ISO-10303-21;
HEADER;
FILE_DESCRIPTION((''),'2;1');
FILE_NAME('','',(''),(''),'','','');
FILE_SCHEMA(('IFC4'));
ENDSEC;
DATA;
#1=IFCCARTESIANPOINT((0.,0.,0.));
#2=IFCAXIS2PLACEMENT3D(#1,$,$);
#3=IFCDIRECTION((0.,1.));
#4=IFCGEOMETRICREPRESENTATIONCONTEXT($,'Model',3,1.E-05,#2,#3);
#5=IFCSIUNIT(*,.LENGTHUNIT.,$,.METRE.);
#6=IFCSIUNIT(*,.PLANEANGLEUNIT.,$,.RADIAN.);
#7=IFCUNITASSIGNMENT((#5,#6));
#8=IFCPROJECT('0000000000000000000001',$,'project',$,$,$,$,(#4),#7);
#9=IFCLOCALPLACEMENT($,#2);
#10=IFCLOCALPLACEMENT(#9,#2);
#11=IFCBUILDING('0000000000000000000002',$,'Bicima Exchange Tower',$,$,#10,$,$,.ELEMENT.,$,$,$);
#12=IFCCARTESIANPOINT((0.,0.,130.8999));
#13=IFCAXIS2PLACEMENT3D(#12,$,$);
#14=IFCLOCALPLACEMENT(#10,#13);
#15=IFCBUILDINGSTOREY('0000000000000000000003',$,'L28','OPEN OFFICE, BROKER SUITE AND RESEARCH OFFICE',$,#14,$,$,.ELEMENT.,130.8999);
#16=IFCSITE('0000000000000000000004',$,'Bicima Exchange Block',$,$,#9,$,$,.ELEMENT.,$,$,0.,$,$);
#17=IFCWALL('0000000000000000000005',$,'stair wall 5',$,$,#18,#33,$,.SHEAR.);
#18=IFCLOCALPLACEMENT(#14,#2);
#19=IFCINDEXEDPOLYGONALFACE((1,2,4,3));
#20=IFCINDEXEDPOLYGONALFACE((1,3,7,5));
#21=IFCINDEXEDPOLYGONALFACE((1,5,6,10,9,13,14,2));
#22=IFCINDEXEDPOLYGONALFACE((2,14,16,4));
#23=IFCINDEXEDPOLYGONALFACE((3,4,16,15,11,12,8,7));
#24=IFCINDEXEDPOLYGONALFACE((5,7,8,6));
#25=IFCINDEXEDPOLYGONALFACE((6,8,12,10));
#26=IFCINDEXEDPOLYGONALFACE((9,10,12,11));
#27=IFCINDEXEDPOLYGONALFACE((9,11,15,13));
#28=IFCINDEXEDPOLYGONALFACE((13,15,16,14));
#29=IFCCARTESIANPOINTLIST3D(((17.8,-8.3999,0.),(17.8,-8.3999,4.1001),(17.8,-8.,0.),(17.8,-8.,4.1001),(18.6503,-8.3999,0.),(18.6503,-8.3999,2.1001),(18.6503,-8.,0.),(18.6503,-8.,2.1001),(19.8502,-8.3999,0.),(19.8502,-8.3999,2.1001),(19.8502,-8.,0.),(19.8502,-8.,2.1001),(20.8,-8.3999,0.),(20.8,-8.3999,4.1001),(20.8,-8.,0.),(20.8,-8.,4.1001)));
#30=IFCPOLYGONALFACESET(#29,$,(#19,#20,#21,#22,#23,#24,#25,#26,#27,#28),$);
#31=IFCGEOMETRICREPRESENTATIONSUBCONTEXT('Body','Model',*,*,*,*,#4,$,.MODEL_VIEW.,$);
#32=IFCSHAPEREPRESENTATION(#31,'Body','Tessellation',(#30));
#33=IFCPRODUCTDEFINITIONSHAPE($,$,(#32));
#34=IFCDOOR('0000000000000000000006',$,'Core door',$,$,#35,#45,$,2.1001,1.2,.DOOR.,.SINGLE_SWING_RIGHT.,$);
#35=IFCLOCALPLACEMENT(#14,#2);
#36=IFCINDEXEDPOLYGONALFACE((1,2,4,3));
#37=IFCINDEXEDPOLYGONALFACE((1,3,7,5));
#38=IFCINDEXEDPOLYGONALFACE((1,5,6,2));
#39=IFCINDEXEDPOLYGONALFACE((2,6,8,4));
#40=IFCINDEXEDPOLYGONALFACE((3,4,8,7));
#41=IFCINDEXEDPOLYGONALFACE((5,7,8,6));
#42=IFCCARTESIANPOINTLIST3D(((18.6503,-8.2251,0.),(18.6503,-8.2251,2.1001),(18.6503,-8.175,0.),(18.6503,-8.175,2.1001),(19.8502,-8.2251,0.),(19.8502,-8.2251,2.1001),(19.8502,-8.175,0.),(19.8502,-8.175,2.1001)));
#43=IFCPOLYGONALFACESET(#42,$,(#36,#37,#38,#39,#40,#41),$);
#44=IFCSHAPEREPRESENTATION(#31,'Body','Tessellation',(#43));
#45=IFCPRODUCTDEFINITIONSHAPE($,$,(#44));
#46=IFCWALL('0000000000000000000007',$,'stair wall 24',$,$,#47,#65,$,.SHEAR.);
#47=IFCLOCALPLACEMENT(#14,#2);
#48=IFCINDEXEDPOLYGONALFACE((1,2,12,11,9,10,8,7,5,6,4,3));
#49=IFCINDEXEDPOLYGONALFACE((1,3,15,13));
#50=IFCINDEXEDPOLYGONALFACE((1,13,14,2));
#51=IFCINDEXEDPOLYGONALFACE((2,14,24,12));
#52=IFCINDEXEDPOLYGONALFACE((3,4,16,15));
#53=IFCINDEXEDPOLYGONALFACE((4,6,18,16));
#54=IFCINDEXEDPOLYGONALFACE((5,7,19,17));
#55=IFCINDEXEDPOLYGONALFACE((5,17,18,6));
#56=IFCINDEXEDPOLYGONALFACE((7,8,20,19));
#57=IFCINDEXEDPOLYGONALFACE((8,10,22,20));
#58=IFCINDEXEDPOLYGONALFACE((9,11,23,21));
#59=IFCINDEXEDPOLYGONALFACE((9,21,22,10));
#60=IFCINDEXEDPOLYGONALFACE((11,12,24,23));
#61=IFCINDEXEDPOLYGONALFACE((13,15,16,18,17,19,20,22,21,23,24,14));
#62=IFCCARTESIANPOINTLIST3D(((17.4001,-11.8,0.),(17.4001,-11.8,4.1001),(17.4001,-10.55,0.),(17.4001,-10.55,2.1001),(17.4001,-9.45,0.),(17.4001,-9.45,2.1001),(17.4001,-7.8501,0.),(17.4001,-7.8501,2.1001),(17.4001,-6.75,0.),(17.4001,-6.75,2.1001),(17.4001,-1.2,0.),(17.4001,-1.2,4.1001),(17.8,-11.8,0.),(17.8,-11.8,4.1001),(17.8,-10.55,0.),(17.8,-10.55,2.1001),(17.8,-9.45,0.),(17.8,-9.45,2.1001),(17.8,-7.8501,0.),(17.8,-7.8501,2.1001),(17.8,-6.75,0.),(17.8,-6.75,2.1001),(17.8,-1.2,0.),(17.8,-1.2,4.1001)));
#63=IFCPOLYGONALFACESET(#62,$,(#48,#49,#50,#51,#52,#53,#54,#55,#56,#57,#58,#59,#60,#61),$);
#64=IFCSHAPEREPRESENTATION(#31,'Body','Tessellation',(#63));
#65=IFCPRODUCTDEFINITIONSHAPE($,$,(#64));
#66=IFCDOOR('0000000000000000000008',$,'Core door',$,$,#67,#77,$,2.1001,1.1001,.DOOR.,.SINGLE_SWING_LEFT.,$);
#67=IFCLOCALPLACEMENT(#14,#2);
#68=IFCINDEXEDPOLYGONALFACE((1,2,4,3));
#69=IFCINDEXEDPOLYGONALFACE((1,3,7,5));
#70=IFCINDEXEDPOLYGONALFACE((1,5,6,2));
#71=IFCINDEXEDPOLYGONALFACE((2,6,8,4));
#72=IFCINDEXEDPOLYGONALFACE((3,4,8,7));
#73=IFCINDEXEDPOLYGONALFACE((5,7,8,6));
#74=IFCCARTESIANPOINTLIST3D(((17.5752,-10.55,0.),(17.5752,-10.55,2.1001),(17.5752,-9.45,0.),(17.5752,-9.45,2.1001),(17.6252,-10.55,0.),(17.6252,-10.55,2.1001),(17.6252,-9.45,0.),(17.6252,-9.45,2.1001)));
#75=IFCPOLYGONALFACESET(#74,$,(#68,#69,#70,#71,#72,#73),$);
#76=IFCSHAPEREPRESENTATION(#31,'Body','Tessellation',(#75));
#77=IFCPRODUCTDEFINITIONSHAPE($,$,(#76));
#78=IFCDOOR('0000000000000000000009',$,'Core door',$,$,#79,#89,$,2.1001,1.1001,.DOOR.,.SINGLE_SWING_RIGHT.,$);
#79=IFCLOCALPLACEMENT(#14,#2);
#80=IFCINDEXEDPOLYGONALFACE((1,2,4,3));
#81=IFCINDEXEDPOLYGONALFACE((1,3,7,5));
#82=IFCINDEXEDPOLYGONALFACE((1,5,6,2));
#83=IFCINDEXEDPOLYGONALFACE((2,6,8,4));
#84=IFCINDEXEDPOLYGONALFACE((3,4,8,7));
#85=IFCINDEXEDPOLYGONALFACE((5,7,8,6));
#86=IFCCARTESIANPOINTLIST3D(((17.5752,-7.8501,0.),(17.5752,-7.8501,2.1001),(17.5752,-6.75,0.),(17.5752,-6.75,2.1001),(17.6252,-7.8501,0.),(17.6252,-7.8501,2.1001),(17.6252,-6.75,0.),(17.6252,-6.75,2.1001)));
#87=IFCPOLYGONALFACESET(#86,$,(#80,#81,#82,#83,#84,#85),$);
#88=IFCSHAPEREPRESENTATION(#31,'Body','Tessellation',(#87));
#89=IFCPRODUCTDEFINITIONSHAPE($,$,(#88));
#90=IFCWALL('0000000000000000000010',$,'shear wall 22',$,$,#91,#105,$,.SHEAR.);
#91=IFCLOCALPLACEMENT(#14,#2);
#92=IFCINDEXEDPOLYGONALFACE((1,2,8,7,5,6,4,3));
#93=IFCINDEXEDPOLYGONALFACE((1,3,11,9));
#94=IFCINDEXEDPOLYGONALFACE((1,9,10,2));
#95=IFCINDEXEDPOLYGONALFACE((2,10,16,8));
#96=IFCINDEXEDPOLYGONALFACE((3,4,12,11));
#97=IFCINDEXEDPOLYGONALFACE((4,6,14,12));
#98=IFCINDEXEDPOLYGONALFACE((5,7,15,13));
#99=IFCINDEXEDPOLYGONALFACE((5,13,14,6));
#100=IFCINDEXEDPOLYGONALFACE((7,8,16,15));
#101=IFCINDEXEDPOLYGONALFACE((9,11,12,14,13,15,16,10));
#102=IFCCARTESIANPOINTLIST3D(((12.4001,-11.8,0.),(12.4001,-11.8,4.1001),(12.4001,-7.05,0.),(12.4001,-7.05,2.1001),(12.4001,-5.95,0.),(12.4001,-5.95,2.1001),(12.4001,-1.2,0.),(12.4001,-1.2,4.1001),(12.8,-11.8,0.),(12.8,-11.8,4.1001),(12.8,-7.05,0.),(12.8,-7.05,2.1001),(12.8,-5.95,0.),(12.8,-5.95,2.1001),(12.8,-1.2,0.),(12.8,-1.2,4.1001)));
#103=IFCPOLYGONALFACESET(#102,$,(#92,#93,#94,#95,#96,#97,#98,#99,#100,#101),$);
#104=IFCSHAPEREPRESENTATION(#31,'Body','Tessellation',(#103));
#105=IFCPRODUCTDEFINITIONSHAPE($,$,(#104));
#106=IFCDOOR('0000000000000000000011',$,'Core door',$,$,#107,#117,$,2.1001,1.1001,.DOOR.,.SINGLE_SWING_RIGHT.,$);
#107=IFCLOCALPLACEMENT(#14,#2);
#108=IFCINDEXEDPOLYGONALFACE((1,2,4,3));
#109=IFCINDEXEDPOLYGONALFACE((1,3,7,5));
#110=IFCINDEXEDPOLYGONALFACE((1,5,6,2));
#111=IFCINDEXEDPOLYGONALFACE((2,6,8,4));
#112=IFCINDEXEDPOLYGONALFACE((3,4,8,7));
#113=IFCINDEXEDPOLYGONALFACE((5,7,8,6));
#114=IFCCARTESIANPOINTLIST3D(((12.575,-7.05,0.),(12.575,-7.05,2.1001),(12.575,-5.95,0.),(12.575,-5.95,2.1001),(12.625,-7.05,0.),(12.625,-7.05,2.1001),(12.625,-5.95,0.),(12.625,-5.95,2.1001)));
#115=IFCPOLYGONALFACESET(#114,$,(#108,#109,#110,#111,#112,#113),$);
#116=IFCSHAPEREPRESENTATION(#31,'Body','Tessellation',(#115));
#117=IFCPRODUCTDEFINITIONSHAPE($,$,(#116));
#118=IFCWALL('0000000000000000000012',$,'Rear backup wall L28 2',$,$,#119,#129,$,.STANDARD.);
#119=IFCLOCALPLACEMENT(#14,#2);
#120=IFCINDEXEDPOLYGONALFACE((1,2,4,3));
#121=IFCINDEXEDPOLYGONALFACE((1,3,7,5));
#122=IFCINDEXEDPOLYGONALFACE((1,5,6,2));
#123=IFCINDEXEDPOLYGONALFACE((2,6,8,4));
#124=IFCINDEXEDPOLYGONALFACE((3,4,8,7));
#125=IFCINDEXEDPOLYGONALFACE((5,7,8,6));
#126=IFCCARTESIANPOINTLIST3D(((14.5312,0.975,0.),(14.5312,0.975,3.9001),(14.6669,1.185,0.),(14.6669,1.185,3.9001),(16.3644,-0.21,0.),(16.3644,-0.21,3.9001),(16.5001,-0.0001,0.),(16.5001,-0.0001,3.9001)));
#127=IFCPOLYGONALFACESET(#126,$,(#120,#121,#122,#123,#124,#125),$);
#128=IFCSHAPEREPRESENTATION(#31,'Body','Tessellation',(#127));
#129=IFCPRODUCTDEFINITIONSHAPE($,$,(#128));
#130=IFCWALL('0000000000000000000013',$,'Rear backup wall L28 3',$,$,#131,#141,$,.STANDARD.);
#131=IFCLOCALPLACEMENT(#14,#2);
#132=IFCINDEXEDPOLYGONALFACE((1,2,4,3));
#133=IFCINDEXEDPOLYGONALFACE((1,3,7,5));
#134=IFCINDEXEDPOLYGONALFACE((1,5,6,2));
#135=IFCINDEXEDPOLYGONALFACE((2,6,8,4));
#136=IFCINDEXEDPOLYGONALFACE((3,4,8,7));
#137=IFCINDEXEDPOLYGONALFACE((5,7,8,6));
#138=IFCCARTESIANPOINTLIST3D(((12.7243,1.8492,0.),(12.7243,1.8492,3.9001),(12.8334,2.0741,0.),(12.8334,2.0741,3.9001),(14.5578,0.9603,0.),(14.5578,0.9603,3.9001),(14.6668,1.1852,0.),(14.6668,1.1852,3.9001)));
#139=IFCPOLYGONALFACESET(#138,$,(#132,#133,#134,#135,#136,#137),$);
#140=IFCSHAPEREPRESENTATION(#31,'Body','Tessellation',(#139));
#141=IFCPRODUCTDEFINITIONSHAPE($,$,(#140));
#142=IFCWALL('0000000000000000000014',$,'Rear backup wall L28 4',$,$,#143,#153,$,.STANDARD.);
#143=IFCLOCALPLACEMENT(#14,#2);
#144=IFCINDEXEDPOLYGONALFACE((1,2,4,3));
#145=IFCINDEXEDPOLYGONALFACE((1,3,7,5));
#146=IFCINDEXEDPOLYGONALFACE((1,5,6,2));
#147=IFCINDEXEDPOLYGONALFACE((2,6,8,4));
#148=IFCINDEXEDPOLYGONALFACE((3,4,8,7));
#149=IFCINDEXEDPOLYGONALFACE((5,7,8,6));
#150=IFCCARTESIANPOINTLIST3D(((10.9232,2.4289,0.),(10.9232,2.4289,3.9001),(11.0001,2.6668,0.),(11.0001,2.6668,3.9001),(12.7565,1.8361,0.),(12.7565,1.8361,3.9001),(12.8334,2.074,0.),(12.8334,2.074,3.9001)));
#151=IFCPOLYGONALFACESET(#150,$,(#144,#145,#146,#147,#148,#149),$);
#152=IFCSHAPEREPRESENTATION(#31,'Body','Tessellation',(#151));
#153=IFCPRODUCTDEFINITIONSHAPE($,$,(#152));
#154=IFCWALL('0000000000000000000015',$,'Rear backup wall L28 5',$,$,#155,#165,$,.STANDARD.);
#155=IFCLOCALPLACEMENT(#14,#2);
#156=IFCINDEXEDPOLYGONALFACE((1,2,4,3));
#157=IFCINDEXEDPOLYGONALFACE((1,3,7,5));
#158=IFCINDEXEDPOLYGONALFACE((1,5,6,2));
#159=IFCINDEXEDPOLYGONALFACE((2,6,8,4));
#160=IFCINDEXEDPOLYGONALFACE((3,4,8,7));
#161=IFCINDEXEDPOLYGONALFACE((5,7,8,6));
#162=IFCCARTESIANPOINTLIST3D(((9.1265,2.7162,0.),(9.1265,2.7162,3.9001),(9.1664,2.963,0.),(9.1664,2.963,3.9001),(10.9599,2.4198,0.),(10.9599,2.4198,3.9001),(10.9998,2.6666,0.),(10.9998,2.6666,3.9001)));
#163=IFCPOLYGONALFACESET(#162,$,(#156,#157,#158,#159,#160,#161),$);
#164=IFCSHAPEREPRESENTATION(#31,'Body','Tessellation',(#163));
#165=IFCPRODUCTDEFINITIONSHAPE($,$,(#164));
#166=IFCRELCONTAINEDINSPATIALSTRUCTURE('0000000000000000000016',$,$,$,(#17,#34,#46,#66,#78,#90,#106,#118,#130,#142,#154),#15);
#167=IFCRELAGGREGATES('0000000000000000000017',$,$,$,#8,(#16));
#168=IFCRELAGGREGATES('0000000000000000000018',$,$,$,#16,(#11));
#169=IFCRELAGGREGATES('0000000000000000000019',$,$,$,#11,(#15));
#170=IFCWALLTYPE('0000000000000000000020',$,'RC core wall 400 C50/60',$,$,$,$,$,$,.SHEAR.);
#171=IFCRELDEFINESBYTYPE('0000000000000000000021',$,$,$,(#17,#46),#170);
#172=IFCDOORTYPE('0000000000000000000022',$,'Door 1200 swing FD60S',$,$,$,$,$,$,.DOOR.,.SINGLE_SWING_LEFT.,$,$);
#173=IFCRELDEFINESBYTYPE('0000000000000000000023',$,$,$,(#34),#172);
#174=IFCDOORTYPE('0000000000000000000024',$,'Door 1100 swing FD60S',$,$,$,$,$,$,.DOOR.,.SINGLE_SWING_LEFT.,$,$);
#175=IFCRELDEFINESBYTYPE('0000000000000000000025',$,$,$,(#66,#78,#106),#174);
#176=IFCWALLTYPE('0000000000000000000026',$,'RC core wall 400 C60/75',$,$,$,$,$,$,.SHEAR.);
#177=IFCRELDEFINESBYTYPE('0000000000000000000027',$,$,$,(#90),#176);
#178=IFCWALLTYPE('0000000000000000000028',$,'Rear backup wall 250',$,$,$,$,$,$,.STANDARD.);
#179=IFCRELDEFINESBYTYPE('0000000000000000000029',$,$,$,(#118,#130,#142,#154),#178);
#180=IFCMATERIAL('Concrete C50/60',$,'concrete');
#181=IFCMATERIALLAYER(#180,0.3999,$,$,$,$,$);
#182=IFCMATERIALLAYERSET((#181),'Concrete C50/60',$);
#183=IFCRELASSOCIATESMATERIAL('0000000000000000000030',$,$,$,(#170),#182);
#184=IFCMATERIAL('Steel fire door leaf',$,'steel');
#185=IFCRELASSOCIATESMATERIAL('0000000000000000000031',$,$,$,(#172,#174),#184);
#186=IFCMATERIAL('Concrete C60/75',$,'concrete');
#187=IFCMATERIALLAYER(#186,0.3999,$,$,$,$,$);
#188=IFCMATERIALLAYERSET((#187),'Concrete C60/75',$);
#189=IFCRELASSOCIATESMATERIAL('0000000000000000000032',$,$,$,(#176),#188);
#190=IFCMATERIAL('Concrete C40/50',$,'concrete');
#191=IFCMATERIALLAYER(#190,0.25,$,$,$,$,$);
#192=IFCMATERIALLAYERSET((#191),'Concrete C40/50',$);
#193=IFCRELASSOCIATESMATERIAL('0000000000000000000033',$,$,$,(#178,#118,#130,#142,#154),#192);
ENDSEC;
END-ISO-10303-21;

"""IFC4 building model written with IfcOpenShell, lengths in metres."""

from ifc_helpers import new_model, si_unit, direction, frame, frame_2d, origin, place, context, subcontext, project, spatial, rectangle, extrude, material, layer, layer_set, layer_usage, type_object, element, fill, save


model = new_model("IFC4")

# Units and contexts
model_context = context("Model", 3, precision=1e-05, world=origin(), true_north=direction((0.0, 1.0)))
body_context = subcontext(model_context, "Body", "Model", "MODEL_VIEW")
ifc_project = project(units=[si_unit("LENGTHUNIT", "METRE"), si_unit("PLANEANGLEUNIT", "RADIAN")], contexts=[model_context])

# Site, building, storey
site_placement = place(None, origin())
site = spatial("IfcSite", under=ifc_project, at=site_placement, Name="Bicima Exchange Block", CompositionType="ELEMENT", RefElevation=0.0)
building_placement = place(site_placement, origin())
building = spatial("IfcBuilding", under=site, at=building_placement, Name="Bicima Exchange Tower", CompositionType="ELEMENT")
storey_placement = place(building_placement, frame((0.0, 0.0, 130.8999)))
storey = spatial("IfcBuildingStorey", under=building, at=storey_placement, Name="L28", Description="OPEN OFFICE, BROKER SUITE AND RESEARCH OFFICE", CompositionType="ELEMENT", Elevation=130.8999)

# Wall, opening, door
ifc_material_1 = material(Name="Concrete C50/60", Category="concrete")
ifc_layer_1 = layer(ifc_material_1, 0.3999)
ifc_layer_set_1 = layer_set([ifc_layer_1], Name="Concrete C50/60")
wall_type_1 = type_object("IfcWallType", Name="RC core wall 400 C50/60", PredefinedType="SHEAR", material=ifc_layer_set_1)
wall_1_placement = place(storey_placement, frame((17.8, -8.2, 0.0), z_axis=(0.0, 0.0, 1.0), x_axis=(1.0, 0.0, 0.0)))
wall_1 = element("IfcWall", 1, at=wall_1_placement, inside=storey, type_object=wall_type_1, Name="stair wall 5", PredefinedType="SHEAR", context=body_context, shape_type="SweptSolid", body=[
    extrude(rectangle(XDim=3.0, YDim=0.3999, at=frame_2d((1.5, 0.0))), origin(), (0.0, 0.0, 1.0), 4.1001),
])
opening_1_placement = place(wall_1_placement, frame((0.8501, 0.0, 0.0)))
opening_1 = element("IfcOpeningElement", 2, at=opening_1_placement, cuts=wall_1, PredefinedType="OPENING", context=body_context, shape_type="SweptSolid", body=[
    extrude(rectangle(XDim=1.2, YDim=2.1001, at=frame_2d((0.6001, 1.05))), frame((0.0, 0.2119, 0.0), z_axis=(0.0, -1.0, 0.0), x_axis=(1.0, 0.0, 0.0)), (0.0, 0.0, 1.0), 0.4238),
])
ifc_material_2 = material(Name="Steel fire door leaf", Category="steel")
door_type_1 = type_object("IfcDoorType", Name="Door 1200 swing FD60S", OperationType="SINGLE_SWING_LEFT", PredefinedType="DOOR", material=ifc_material_2)
door_1_placement = place(opening_1_placement, origin())
door_1 = element("IfcDoor", 3, at=door_1_placement, inside=storey, type_object=door_type_1, Name="Core door", OperationType="SINGLE_SWING_RIGHT", OverallHeight=2.1001, OverallWidth=1.2, PredefinedType="DOOR", context=body_context, shape_type="SweptSolid", body=[
    extrude(rectangle(XDim=1.2, YDim=2.1001, at=frame_2d((0.6001, 1.05))), frame((0.0, 0.0249, 0.0), z_axis=(0.0, -1.0, 0.0), x_axis=(1.0, 0.0, 0.0)), (0.0, 0.0, 1.0), 0.05),
])
fill(opening_1, door_1)

# Wall, openings, doors
wall_2_placement = place(storey_placement, frame((17.6001, -11.8, 0.0), z_axis=(0.0, 0.0, 1.0), x_axis=(0.0, 1.0, 0.0)))
wall_2 = element("IfcWall", 4, at=wall_2_placement, inside=storey, type_object=wall_type_1, Name="stair wall 24", PredefinedType="SHEAR", context=body_context, shape_type="SweptSolid", body=[
    extrude(rectangle(XDim=10.6001, YDim=0.3999, at=frame_2d((5.3, 0.0))), origin(), (0.0, 0.0, 1.0), 4.1001),
])
opening_2_placement = place(wall_2_placement, frame((1.25, 0.0, 0.0)))
opening_2 = element("IfcOpeningElement", 5, at=opening_2_placement, cuts=wall_2, PredefinedType="OPENING", context=body_context, shape_type="SweptSolid", body=[
    extrude(rectangle(XDim=1.1001, YDim=2.1001, at=frame_2d((0.55, 1.05))), frame((0.0, 0.2119, 0.0), z_axis=(0.0, -1.0, 0.0), x_axis=(1.0, 0.0, 0.0)), (0.0, 0.0, 1.0), 0.4238),
])
opening_3_placement = place(wall_2_placement, frame((3.95, 0.0, 0.0)))
opening_3 = element("IfcOpeningElement", 6, at=opening_3_placement, cuts=wall_2, PredefinedType="OPENING", context=body_context, shape_type="SweptSolid", body=[
    extrude(rectangle(XDim=1.1001, YDim=2.1001, at=frame_2d((0.55, 1.05))), frame((0.0, 0.2119, 0.0), z_axis=(0.0, -1.0, 0.0), x_axis=(1.0, 0.0, 0.0)), (0.0, 0.0, 1.0), 0.4238),
])
door_type_2 = type_object("IfcDoorType", Name="Door 1100 swing FD60S", OperationType="SINGLE_SWING_LEFT", PredefinedType="DOOR", material=ifc_material_2)
door_2_placement = place(opening_2_placement, origin())
door_2 = element("IfcDoor", 7, at=door_2_placement, inside=storey, type_object=door_type_2, Name="Core door", OperationType="SINGLE_SWING_LEFT", OverallHeight=2.1001, OverallWidth=1.1001, PredefinedType="DOOR", context=body_context, shape_type="SweptSolid", body=[
    extrude(rectangle(XDim=1.1001, YDim=2.1001, at=frame_2d((0.55, 1.05))), frame((0.0, 0.0249, 0.0), z_axis=(0.0, -1.0, 0.0), x_axis=(1.0, 0.0, 0.0)), (0.0, 0.0, 1.0), 0.05),
])
fill(opening_2, door_2)
door_3_placement = place(opening_3_placement, origin())
door_3 = element("IfcDoor", 8, at=door_3_placement, inside=storey, type_object=door_type_2, Name="Core door", OperationType="SINGLE_SWING_RIGHT", OverallHeight=2.1001, OverallWidth=1.1001, PredefinedType="DOOR", context=body_context, shape_type="SweptSolid", body=[
    extrude(rectangle(XDim=1.1001, YDim=2.1001, at=frame_2d((0.55, 1.05))), frame((0.0, 0.0249, 0.0), z_axis=(0.0, -1.0, 0.0), x_axis=(1.0, 0.0, 0.0)), (0.0, 0.0, 1.0), 0.05),
])
fill(opening_3, door_3)

# Wall, opening, door
ifc_material_3 = material(Name="Concrete C60/75", Category="concrete")
ifc_layer_2 = layer(ifc_material_3, 0.3999)
ifc_layer_set_2 = layer_set([ifc_layer_2], Name="Concrete C60/75")
wall_type_2 = type_object("IfcWallType", Name="RC core wall 400 C60/75", PredefinedType="SHEAR", material=ifc_layer_set_2)
wall_3_placement = place(storey_placement, frame((12.6001, -11.8, 0.0), z_axis=(0.0, 0.0, 1.0), x_axis=(0.0, 1.0, 0.0)))
wall_3 = element("IfcWall", 9, at=wall_3_placement, inside=storey, type_object=wall_type_2, Name="shear wall 22", PredefinedType="SHEAR", context=body_context, shape_type="SweptSolid", body=[
    extrude(rectangle(XDim=10.6001, YDim=0.3999, at=frame_2d((5.3, 0.0))), origin(), (0.0, 0.0, 1.0), 4.1001),
])
opening_4_placement = place(wall_3_placement, frame((4.75, 0.0, 0.0)))
opening_4 = element("IfcOpeningElement", 10, at=opening_4_placement, cuts=wall_3, PredefinedType="OPENING", context=body_context, shape_type="SweptSolid", body=[
    extrude(rectangle(XDim=1.1001, YDim=2.1001, at=frame_2d((0.55, 1.05))), frame((0.0, 0.2119, 0.0), z_axis=(0.0, -1.0, 0.0), x_axis=(1.0, 0.0, 0.0)), (0.0, 0.0, 1.0), 0.4238),
])
door_4_placement = place(opening_4_placement, frame((1.1001, 0.0, 0.0), z_axis=(0.0, 0.0, 1.0), x_axis=(-1.0, 0.0, 0.0)))
door_4 = element("IfcDoor", 11, at=door_4_placement, inside=storey, type_object=door_type_2, Name="Core door", OperationType="SINGLE_SWING_RIGHT", OverallHeight=2.1001, OverallWidth=1.1001, PredefinedType="DOOR", context=body_context, shape_type="SweptSolid", body=[
    extrude(rectangle(XDim=1.1001, YDim=2.1001, at=frame_2d((0.55, 1.05))), frame((0.0, 0.0249, 0.0), z_axis=(0.0, -1.0, 0.0), x_axis=(1.0, 0.0, 0.0)), (0.0, 0.0, 1.0), 0.05),
])
fill(opening_4, door_4)

# Walls
ifc_material_4 = material(Name="Concrete C40/50", Category="concrete")
ifc_layer_3 = layer(ifc_material_4, 0.25)
ifc_layer_set_3 = layer_set([ifc_layer_3], Name="Concrete C40/50")
ifc_layer_usage = layer_usage(ifc_layer_set_3, "AXIS2", "POSITIVE", -0.125)
wall_type_3 = type_object("IfcWallType", Name="Rear backup wall 250", PredefinedType="STANDARD", material=ifc_layer_set_3)
wall_4_placement = place(storey_placement, frame((16.4321, -0.105, 0.0), z_axis=(0.0, 0.0, 1.0), x_axis=(-0.839813, 0.542876, 0.0)))
element("IfcWall", 12, at=wall_4_placement, inside=storey, type_object=wall_type_3, material=ifc_layer_usage, Name="Rear backup wall L28 2", PredefinedType="STANDARD", context=body_context, shape_type="SweptSolid", body=[
    extrude(rectangle(XDim=2.1829, YDim=0.25, at=frame_2d((1.0913, 0.0))), origin(), (0.0, 0.0, 1.0), 3.9001),
])
wall_5_placement = place(storey_placement, frame((14.6123, 1.0728, 0.0), z_axis=(0.0, 0.0, 1.0), x_axis=(-0.899824, 0.436253, 0.0)))
element("IfcWall", 13, at=wall_5_placement, inside=storey, type_object=wall_type_3, material=ifc_layer_usage, Name="Rear backup wall L28 3", PredefinedType="STANDARD", context=body_context, shape_type="SweptSolid", body=[
    extrude(rectangle(XDim=2.0376, YDim=0.25, at=frame_2d((1.0188, 0.0))), origin(), (0.0, 0.0, 1.0), 3.9001),
])
wall_6_placement = place(storey_placement, frame((12.7949, 1.9551, 0.0), z_axis=(0.0, 0.0, 1.0), x_axis=(-0.951496, 0.307662, 0.0)))
element("IfcWall", 14, at=wall_6_placement, inside=storey, type_object=wall_type_3, material=ifc_layer_usage, Name="Rear backup wall L28 4", PredefinedType="STANDARD", context=body_context, shape_type="SweptSolid", body=[
    extrude(rectangle(XDim=1.9268, YDim=0.25, at=frame_2d((0.9634, 0.0))), origin(), (0.0, 0.0, 1.0), 3.9001),
])
wall_7_placement = place(storey_placement, frame((10.98, 2.5432, 0.0), z_axis=(0.0, 0.0, 1.0), x_axis=(-0.987182, 0.1596, 0.0)))
element("IfcWall", 15, at=wall_7_placement, inside=storey, type_object=wall_type_3, material=ifc_layer_usage, Name="Rear backup wall L28 5", PredefinedType="STANDARD", context=body_context, shape_type="SweptSolid", body=[
    extrude(rectangle(XDim=1.8572, YDim=0.25, at=frame_2d((0.9287, 0.0))), origin(), (0.0, 0.0, 1.0), 3.9001),
])

save(model, "model.ifc")
